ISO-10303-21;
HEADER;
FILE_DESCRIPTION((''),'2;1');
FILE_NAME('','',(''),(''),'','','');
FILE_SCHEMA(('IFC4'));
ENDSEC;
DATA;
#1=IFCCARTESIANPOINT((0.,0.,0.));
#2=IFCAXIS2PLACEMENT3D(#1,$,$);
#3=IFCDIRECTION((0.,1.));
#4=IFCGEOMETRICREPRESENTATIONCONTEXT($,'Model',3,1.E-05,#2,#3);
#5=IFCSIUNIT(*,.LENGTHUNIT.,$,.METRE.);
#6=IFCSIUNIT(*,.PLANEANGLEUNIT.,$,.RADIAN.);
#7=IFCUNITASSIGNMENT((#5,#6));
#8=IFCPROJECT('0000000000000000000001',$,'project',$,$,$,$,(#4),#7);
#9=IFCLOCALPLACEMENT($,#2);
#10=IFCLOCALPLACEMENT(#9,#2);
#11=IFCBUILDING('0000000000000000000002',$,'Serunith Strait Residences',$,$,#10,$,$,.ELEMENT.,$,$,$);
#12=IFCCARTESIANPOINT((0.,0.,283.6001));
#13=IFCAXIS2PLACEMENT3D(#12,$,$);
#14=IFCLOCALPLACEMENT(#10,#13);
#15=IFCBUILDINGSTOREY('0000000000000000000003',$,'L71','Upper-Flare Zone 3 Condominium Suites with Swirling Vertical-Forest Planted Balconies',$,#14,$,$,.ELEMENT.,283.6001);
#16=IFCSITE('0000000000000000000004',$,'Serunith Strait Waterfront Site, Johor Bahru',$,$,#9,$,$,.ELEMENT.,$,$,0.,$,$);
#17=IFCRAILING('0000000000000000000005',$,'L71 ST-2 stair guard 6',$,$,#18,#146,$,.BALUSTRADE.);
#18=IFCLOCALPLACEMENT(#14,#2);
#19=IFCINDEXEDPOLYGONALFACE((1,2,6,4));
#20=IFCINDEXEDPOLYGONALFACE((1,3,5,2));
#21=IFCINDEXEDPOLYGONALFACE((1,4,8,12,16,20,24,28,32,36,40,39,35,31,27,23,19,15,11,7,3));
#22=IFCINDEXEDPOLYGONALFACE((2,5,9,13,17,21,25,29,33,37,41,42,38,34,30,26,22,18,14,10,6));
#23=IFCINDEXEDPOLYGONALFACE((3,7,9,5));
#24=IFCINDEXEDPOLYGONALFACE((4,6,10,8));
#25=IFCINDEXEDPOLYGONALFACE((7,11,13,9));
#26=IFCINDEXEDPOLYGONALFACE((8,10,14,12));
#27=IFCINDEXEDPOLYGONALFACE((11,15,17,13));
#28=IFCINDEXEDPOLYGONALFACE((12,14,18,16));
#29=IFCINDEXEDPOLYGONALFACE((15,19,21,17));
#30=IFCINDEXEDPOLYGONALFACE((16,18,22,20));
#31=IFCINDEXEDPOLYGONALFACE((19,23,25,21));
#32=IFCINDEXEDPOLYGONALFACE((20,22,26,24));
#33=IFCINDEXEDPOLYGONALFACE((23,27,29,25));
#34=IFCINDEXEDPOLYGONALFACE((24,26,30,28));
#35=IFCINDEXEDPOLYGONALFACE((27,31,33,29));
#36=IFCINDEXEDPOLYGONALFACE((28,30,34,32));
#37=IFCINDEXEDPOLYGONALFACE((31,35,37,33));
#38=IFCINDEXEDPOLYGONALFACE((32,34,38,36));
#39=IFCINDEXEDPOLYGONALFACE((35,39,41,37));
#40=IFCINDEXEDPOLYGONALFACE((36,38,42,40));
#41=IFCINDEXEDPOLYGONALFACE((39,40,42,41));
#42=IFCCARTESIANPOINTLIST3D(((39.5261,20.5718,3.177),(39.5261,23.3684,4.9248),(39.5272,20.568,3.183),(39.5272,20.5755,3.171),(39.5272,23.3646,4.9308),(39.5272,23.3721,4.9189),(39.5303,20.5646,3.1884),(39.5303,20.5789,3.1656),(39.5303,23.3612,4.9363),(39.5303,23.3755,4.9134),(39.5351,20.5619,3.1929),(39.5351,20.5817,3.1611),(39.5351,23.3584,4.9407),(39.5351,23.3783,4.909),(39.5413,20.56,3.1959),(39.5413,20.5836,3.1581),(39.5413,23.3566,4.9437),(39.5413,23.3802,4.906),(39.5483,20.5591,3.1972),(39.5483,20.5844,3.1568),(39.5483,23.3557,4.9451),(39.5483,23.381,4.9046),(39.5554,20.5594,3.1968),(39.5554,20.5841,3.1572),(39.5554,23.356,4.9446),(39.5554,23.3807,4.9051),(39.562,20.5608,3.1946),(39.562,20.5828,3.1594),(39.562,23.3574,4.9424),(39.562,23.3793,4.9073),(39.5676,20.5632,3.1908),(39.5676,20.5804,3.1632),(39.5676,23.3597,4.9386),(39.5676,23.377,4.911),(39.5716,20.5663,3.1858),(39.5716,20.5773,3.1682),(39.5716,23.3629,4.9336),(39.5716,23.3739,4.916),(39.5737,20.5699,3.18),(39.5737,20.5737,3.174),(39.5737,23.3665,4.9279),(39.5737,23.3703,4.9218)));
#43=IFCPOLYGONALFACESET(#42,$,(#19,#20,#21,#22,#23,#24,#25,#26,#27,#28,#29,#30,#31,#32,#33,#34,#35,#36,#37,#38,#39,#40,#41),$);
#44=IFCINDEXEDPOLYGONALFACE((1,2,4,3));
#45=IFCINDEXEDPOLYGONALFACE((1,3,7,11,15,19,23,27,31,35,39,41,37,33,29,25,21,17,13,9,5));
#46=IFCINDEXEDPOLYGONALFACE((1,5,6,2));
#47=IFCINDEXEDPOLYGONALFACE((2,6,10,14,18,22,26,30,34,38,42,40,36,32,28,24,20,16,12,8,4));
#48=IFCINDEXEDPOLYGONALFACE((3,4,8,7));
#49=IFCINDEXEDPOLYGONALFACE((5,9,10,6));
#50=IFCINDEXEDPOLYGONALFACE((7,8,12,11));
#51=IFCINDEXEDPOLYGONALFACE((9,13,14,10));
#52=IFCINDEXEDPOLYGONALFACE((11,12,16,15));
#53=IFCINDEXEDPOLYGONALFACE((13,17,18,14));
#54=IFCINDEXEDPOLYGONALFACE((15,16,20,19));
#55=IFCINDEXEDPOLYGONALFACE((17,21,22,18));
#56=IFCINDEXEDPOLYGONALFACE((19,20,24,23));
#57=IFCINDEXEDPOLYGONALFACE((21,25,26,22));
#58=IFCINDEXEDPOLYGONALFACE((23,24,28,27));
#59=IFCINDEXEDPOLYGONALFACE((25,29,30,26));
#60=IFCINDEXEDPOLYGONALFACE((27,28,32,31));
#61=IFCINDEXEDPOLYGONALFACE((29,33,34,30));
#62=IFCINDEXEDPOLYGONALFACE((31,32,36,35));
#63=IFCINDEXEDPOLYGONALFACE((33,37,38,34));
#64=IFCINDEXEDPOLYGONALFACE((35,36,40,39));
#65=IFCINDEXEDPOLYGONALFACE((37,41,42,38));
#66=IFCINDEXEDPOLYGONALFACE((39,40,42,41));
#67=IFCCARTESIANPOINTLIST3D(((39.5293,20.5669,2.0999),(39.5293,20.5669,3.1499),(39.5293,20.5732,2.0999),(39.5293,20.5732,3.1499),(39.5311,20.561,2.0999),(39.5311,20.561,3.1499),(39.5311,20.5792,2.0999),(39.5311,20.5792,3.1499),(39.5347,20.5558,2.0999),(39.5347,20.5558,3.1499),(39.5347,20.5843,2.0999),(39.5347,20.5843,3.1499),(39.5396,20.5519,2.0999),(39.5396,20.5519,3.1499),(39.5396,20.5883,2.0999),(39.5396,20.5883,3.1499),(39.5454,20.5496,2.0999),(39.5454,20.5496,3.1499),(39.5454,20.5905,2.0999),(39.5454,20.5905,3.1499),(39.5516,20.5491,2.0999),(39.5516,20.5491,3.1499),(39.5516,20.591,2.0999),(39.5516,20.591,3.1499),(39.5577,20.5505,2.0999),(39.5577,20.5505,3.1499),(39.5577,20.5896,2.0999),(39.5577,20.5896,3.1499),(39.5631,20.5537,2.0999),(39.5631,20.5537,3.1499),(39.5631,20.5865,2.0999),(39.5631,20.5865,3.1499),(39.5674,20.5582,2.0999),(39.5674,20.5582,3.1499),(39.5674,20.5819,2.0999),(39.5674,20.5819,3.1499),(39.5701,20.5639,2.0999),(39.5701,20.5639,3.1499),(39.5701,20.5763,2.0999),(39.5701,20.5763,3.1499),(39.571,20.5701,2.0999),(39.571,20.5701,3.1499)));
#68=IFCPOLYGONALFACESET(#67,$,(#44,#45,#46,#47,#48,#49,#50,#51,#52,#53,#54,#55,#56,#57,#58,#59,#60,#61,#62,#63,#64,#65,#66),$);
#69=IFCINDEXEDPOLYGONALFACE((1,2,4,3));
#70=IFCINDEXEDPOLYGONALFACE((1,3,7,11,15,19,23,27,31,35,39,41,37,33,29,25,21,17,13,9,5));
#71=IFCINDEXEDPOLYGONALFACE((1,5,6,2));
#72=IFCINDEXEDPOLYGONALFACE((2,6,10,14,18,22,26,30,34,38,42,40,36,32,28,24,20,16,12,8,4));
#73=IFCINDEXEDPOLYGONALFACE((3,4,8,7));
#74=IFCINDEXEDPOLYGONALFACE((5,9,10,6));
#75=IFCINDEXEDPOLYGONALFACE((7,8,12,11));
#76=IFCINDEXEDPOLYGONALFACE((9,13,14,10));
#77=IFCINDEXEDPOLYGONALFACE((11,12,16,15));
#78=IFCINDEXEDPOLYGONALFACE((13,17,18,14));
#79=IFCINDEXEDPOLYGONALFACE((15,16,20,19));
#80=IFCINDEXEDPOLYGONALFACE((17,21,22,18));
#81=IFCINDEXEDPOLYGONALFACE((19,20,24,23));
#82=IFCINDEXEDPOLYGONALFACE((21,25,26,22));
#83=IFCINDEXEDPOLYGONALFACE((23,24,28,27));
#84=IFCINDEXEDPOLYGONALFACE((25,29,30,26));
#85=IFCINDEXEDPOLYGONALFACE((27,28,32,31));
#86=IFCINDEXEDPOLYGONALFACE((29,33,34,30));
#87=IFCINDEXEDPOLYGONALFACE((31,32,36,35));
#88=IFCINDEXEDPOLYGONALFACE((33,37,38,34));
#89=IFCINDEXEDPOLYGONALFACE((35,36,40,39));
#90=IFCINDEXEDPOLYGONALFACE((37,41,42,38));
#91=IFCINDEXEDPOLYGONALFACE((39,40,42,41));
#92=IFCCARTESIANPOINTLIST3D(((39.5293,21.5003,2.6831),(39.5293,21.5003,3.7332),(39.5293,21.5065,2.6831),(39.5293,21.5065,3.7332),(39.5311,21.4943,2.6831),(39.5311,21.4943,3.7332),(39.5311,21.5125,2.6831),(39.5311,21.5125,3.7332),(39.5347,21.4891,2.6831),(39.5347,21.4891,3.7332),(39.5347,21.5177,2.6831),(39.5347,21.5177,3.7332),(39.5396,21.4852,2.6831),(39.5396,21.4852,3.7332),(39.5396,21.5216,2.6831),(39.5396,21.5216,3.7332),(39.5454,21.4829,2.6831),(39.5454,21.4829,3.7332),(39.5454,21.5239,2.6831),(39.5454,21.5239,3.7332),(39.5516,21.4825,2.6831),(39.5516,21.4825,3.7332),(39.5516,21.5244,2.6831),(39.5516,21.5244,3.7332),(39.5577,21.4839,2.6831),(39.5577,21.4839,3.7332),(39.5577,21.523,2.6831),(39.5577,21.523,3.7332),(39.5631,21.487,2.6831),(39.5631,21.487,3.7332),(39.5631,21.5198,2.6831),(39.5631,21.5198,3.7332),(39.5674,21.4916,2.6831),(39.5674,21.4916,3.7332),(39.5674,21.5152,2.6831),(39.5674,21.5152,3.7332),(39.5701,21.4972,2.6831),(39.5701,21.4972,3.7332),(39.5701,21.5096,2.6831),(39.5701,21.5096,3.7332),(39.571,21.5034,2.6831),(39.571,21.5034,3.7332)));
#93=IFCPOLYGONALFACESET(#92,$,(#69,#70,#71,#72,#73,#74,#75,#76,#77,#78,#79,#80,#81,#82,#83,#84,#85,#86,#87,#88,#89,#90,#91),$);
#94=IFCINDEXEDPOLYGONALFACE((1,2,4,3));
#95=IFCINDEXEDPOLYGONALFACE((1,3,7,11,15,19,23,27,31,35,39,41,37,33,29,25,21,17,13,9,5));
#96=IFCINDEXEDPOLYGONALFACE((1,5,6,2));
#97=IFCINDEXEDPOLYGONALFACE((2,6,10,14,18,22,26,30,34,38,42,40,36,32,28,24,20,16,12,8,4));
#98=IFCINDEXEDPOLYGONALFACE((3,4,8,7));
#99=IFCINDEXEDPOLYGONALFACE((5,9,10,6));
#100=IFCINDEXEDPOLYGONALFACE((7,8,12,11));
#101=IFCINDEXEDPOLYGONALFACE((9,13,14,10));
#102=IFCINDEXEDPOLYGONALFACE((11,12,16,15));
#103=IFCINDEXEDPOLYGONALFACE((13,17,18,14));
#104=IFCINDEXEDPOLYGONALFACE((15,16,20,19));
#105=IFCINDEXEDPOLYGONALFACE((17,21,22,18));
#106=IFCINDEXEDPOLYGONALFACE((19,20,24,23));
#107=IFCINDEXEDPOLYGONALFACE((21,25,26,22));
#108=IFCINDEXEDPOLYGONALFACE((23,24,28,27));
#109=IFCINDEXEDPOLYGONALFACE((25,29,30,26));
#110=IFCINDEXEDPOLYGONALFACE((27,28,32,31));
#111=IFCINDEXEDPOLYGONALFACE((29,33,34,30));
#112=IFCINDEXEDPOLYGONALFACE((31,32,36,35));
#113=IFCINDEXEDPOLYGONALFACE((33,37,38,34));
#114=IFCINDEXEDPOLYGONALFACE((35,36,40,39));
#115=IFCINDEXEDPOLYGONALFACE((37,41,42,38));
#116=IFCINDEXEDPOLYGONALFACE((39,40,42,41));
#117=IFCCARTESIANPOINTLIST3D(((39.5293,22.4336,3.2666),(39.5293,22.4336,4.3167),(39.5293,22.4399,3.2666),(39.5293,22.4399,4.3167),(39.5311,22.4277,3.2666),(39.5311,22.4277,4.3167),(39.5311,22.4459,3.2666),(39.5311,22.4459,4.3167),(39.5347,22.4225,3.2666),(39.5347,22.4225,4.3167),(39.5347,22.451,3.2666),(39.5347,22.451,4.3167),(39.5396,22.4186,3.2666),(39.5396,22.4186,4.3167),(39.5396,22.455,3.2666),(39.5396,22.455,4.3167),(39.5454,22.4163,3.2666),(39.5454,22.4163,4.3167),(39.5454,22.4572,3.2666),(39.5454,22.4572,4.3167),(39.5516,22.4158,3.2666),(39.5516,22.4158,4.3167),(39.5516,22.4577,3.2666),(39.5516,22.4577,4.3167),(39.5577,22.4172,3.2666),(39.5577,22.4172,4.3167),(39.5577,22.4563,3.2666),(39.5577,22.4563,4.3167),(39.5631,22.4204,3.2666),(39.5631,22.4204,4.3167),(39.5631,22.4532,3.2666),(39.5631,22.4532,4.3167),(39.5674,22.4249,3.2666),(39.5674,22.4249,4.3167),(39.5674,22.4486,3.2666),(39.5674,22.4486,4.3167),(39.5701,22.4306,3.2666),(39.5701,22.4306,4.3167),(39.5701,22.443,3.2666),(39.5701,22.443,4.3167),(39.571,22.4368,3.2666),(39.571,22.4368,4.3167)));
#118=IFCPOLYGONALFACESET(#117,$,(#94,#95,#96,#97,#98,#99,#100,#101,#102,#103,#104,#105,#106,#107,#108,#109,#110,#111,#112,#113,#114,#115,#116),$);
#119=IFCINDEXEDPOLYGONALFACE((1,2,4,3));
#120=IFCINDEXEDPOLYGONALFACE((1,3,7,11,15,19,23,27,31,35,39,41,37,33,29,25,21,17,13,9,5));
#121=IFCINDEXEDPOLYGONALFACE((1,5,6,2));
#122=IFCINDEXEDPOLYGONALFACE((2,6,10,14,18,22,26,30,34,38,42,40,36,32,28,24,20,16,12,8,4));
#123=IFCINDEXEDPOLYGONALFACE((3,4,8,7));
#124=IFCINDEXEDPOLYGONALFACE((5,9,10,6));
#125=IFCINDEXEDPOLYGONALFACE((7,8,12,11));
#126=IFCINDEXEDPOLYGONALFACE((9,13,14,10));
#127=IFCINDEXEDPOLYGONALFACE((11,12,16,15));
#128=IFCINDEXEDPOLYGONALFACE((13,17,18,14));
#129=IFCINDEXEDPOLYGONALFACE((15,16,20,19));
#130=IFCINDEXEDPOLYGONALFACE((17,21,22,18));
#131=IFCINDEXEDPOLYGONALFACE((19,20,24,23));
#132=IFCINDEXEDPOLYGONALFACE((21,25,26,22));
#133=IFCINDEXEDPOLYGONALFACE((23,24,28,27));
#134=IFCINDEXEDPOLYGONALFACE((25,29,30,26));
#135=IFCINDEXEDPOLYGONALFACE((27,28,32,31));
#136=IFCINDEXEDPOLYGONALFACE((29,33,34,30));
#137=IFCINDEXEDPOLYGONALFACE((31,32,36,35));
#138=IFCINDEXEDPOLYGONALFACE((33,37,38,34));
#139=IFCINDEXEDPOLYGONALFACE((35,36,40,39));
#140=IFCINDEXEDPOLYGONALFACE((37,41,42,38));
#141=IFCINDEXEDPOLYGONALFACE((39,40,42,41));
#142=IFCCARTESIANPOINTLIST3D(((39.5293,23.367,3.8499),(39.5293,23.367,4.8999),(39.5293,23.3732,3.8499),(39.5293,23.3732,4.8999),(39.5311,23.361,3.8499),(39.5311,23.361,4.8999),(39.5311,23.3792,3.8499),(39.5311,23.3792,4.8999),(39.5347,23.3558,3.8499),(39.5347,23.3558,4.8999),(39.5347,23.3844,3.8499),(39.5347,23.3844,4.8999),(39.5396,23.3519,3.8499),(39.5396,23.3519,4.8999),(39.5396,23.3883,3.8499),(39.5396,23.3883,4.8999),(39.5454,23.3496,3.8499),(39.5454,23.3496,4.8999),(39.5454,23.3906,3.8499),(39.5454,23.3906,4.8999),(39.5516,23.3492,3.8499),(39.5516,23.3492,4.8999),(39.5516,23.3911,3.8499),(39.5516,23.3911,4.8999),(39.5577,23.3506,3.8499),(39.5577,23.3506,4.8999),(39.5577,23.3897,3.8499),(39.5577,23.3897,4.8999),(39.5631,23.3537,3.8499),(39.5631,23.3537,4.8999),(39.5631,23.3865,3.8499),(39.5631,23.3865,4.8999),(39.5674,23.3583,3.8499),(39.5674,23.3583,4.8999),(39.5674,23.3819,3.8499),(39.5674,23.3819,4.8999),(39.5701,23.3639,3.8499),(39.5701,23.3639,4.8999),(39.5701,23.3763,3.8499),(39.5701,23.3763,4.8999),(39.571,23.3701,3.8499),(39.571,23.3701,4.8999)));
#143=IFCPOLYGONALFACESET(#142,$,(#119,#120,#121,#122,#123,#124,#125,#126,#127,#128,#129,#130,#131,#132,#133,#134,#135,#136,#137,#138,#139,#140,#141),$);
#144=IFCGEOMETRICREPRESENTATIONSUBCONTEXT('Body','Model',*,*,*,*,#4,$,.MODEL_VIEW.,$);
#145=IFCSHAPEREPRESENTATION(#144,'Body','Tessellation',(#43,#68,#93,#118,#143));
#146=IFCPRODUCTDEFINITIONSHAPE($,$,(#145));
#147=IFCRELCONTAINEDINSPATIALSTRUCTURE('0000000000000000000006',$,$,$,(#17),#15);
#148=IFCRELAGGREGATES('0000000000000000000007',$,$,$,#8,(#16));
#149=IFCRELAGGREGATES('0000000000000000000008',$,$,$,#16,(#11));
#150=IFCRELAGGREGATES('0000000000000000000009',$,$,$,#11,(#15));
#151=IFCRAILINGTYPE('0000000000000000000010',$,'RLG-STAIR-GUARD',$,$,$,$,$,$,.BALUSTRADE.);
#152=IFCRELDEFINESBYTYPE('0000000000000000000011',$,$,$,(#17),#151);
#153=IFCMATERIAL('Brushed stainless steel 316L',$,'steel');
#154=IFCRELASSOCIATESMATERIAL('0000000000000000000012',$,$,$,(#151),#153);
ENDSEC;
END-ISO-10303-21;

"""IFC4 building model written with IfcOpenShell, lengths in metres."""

from ifc_helpers import new_model, si_unit, direction, frame, origin, origin_2d, place, context, subcontext, project, spatial, circle, extrude, material, type_object, element, save


model = new_model("IFC4")

# Units and contexts
model_context = context("Model", 3, precision=1e-05, world=origin(), true_north=direction((0.0, 1.0)))
body_context = subcontext(model_context, "Body", "Model", "MODEL_VIEW")
ifc_project = project(units=[si_unit("LENGTHUNIT", "METRE"), si_unit("PLANEANGLEUNIT", "RADIAN")], contexts=[model_context])

# Site, building, storey
site_placement = place(None, origin())
site = spatial("IfcSite", under=ifc_project, at=site_placement, Name="Serunith Strait Waterfront Site, Johor Bahru", CompositionType="ELEMENT", RefElevation=0.0)
building_placement = place(site_placement, origin())
building = spatial("IfcBuilding", under=site, at=building_placement, Name="Serunith Strait Residences", CompositionType="ELEMENT")
storey_placement = place(building_placement, frame((0.0, 0.0, 283.6001)))
storey = spatial("IfcBuildingStorey", under=building, at=storey_placement, Name="L71", Description="Upper-Flare Zone 3 Condominium Suites with Swirling Vertical-Forest Planted Balconies", CompositionType="ELEMENT", Elevation=283.6001)

# Railing
ifc_material_1 = material(Name="Brushed stainless steel 316L", Category="steel")
railing_type_1 = type_object("IfcRailingType", Name="RLG-STAIR-GUARD", PredefinedType="BALUSTRADE", material=ifc_material_1)
railing_1_placement = place(storey_placement, frame((39.55, 20.5701, 2.0999)))
element("IfcRailing", 1, at=railing_1_placement, inside=storey, type_object=railing_type_1, Name="L71 ST-2 stair guard 6", PredefinedType="BALUSTRADE", context=body_context, shape_type="SweptSolid", body=[
    extrude(circle(Radius=0.0239, at=origin_2d()), frame((0.0, 0.0017, 1.0771), z_axis=(0.0, 0.848002, 0.529992), x_axis=(-1.0, 0.0, 0.0)), (0.0, 0.0, 1.0), 3.2979),
    extrude(circle(Radius=0.021, at=origin_2d()), origin(), (0.0, 0.0, 1.0), 1.05),
    extrude(circle(Radius=0.021, at=origin_2d()), frame((0.0, 0.9333, 0.5833)), (0.0, 0.0, 1.0), 1.05),
    extrude(circle(Radius=0.021, at=origin_2d()), frame((0.0, 1.8667, 1.1667)), (0.0, 0.0, 1.0), 1.05),
    extrude(circle(Radius=0.021, at=origin_2d()), frame((0.0, 2.8, 1.75)), (0.0, 0.0, 1.0), 1.05),
])

save(model, "model.ifc")
